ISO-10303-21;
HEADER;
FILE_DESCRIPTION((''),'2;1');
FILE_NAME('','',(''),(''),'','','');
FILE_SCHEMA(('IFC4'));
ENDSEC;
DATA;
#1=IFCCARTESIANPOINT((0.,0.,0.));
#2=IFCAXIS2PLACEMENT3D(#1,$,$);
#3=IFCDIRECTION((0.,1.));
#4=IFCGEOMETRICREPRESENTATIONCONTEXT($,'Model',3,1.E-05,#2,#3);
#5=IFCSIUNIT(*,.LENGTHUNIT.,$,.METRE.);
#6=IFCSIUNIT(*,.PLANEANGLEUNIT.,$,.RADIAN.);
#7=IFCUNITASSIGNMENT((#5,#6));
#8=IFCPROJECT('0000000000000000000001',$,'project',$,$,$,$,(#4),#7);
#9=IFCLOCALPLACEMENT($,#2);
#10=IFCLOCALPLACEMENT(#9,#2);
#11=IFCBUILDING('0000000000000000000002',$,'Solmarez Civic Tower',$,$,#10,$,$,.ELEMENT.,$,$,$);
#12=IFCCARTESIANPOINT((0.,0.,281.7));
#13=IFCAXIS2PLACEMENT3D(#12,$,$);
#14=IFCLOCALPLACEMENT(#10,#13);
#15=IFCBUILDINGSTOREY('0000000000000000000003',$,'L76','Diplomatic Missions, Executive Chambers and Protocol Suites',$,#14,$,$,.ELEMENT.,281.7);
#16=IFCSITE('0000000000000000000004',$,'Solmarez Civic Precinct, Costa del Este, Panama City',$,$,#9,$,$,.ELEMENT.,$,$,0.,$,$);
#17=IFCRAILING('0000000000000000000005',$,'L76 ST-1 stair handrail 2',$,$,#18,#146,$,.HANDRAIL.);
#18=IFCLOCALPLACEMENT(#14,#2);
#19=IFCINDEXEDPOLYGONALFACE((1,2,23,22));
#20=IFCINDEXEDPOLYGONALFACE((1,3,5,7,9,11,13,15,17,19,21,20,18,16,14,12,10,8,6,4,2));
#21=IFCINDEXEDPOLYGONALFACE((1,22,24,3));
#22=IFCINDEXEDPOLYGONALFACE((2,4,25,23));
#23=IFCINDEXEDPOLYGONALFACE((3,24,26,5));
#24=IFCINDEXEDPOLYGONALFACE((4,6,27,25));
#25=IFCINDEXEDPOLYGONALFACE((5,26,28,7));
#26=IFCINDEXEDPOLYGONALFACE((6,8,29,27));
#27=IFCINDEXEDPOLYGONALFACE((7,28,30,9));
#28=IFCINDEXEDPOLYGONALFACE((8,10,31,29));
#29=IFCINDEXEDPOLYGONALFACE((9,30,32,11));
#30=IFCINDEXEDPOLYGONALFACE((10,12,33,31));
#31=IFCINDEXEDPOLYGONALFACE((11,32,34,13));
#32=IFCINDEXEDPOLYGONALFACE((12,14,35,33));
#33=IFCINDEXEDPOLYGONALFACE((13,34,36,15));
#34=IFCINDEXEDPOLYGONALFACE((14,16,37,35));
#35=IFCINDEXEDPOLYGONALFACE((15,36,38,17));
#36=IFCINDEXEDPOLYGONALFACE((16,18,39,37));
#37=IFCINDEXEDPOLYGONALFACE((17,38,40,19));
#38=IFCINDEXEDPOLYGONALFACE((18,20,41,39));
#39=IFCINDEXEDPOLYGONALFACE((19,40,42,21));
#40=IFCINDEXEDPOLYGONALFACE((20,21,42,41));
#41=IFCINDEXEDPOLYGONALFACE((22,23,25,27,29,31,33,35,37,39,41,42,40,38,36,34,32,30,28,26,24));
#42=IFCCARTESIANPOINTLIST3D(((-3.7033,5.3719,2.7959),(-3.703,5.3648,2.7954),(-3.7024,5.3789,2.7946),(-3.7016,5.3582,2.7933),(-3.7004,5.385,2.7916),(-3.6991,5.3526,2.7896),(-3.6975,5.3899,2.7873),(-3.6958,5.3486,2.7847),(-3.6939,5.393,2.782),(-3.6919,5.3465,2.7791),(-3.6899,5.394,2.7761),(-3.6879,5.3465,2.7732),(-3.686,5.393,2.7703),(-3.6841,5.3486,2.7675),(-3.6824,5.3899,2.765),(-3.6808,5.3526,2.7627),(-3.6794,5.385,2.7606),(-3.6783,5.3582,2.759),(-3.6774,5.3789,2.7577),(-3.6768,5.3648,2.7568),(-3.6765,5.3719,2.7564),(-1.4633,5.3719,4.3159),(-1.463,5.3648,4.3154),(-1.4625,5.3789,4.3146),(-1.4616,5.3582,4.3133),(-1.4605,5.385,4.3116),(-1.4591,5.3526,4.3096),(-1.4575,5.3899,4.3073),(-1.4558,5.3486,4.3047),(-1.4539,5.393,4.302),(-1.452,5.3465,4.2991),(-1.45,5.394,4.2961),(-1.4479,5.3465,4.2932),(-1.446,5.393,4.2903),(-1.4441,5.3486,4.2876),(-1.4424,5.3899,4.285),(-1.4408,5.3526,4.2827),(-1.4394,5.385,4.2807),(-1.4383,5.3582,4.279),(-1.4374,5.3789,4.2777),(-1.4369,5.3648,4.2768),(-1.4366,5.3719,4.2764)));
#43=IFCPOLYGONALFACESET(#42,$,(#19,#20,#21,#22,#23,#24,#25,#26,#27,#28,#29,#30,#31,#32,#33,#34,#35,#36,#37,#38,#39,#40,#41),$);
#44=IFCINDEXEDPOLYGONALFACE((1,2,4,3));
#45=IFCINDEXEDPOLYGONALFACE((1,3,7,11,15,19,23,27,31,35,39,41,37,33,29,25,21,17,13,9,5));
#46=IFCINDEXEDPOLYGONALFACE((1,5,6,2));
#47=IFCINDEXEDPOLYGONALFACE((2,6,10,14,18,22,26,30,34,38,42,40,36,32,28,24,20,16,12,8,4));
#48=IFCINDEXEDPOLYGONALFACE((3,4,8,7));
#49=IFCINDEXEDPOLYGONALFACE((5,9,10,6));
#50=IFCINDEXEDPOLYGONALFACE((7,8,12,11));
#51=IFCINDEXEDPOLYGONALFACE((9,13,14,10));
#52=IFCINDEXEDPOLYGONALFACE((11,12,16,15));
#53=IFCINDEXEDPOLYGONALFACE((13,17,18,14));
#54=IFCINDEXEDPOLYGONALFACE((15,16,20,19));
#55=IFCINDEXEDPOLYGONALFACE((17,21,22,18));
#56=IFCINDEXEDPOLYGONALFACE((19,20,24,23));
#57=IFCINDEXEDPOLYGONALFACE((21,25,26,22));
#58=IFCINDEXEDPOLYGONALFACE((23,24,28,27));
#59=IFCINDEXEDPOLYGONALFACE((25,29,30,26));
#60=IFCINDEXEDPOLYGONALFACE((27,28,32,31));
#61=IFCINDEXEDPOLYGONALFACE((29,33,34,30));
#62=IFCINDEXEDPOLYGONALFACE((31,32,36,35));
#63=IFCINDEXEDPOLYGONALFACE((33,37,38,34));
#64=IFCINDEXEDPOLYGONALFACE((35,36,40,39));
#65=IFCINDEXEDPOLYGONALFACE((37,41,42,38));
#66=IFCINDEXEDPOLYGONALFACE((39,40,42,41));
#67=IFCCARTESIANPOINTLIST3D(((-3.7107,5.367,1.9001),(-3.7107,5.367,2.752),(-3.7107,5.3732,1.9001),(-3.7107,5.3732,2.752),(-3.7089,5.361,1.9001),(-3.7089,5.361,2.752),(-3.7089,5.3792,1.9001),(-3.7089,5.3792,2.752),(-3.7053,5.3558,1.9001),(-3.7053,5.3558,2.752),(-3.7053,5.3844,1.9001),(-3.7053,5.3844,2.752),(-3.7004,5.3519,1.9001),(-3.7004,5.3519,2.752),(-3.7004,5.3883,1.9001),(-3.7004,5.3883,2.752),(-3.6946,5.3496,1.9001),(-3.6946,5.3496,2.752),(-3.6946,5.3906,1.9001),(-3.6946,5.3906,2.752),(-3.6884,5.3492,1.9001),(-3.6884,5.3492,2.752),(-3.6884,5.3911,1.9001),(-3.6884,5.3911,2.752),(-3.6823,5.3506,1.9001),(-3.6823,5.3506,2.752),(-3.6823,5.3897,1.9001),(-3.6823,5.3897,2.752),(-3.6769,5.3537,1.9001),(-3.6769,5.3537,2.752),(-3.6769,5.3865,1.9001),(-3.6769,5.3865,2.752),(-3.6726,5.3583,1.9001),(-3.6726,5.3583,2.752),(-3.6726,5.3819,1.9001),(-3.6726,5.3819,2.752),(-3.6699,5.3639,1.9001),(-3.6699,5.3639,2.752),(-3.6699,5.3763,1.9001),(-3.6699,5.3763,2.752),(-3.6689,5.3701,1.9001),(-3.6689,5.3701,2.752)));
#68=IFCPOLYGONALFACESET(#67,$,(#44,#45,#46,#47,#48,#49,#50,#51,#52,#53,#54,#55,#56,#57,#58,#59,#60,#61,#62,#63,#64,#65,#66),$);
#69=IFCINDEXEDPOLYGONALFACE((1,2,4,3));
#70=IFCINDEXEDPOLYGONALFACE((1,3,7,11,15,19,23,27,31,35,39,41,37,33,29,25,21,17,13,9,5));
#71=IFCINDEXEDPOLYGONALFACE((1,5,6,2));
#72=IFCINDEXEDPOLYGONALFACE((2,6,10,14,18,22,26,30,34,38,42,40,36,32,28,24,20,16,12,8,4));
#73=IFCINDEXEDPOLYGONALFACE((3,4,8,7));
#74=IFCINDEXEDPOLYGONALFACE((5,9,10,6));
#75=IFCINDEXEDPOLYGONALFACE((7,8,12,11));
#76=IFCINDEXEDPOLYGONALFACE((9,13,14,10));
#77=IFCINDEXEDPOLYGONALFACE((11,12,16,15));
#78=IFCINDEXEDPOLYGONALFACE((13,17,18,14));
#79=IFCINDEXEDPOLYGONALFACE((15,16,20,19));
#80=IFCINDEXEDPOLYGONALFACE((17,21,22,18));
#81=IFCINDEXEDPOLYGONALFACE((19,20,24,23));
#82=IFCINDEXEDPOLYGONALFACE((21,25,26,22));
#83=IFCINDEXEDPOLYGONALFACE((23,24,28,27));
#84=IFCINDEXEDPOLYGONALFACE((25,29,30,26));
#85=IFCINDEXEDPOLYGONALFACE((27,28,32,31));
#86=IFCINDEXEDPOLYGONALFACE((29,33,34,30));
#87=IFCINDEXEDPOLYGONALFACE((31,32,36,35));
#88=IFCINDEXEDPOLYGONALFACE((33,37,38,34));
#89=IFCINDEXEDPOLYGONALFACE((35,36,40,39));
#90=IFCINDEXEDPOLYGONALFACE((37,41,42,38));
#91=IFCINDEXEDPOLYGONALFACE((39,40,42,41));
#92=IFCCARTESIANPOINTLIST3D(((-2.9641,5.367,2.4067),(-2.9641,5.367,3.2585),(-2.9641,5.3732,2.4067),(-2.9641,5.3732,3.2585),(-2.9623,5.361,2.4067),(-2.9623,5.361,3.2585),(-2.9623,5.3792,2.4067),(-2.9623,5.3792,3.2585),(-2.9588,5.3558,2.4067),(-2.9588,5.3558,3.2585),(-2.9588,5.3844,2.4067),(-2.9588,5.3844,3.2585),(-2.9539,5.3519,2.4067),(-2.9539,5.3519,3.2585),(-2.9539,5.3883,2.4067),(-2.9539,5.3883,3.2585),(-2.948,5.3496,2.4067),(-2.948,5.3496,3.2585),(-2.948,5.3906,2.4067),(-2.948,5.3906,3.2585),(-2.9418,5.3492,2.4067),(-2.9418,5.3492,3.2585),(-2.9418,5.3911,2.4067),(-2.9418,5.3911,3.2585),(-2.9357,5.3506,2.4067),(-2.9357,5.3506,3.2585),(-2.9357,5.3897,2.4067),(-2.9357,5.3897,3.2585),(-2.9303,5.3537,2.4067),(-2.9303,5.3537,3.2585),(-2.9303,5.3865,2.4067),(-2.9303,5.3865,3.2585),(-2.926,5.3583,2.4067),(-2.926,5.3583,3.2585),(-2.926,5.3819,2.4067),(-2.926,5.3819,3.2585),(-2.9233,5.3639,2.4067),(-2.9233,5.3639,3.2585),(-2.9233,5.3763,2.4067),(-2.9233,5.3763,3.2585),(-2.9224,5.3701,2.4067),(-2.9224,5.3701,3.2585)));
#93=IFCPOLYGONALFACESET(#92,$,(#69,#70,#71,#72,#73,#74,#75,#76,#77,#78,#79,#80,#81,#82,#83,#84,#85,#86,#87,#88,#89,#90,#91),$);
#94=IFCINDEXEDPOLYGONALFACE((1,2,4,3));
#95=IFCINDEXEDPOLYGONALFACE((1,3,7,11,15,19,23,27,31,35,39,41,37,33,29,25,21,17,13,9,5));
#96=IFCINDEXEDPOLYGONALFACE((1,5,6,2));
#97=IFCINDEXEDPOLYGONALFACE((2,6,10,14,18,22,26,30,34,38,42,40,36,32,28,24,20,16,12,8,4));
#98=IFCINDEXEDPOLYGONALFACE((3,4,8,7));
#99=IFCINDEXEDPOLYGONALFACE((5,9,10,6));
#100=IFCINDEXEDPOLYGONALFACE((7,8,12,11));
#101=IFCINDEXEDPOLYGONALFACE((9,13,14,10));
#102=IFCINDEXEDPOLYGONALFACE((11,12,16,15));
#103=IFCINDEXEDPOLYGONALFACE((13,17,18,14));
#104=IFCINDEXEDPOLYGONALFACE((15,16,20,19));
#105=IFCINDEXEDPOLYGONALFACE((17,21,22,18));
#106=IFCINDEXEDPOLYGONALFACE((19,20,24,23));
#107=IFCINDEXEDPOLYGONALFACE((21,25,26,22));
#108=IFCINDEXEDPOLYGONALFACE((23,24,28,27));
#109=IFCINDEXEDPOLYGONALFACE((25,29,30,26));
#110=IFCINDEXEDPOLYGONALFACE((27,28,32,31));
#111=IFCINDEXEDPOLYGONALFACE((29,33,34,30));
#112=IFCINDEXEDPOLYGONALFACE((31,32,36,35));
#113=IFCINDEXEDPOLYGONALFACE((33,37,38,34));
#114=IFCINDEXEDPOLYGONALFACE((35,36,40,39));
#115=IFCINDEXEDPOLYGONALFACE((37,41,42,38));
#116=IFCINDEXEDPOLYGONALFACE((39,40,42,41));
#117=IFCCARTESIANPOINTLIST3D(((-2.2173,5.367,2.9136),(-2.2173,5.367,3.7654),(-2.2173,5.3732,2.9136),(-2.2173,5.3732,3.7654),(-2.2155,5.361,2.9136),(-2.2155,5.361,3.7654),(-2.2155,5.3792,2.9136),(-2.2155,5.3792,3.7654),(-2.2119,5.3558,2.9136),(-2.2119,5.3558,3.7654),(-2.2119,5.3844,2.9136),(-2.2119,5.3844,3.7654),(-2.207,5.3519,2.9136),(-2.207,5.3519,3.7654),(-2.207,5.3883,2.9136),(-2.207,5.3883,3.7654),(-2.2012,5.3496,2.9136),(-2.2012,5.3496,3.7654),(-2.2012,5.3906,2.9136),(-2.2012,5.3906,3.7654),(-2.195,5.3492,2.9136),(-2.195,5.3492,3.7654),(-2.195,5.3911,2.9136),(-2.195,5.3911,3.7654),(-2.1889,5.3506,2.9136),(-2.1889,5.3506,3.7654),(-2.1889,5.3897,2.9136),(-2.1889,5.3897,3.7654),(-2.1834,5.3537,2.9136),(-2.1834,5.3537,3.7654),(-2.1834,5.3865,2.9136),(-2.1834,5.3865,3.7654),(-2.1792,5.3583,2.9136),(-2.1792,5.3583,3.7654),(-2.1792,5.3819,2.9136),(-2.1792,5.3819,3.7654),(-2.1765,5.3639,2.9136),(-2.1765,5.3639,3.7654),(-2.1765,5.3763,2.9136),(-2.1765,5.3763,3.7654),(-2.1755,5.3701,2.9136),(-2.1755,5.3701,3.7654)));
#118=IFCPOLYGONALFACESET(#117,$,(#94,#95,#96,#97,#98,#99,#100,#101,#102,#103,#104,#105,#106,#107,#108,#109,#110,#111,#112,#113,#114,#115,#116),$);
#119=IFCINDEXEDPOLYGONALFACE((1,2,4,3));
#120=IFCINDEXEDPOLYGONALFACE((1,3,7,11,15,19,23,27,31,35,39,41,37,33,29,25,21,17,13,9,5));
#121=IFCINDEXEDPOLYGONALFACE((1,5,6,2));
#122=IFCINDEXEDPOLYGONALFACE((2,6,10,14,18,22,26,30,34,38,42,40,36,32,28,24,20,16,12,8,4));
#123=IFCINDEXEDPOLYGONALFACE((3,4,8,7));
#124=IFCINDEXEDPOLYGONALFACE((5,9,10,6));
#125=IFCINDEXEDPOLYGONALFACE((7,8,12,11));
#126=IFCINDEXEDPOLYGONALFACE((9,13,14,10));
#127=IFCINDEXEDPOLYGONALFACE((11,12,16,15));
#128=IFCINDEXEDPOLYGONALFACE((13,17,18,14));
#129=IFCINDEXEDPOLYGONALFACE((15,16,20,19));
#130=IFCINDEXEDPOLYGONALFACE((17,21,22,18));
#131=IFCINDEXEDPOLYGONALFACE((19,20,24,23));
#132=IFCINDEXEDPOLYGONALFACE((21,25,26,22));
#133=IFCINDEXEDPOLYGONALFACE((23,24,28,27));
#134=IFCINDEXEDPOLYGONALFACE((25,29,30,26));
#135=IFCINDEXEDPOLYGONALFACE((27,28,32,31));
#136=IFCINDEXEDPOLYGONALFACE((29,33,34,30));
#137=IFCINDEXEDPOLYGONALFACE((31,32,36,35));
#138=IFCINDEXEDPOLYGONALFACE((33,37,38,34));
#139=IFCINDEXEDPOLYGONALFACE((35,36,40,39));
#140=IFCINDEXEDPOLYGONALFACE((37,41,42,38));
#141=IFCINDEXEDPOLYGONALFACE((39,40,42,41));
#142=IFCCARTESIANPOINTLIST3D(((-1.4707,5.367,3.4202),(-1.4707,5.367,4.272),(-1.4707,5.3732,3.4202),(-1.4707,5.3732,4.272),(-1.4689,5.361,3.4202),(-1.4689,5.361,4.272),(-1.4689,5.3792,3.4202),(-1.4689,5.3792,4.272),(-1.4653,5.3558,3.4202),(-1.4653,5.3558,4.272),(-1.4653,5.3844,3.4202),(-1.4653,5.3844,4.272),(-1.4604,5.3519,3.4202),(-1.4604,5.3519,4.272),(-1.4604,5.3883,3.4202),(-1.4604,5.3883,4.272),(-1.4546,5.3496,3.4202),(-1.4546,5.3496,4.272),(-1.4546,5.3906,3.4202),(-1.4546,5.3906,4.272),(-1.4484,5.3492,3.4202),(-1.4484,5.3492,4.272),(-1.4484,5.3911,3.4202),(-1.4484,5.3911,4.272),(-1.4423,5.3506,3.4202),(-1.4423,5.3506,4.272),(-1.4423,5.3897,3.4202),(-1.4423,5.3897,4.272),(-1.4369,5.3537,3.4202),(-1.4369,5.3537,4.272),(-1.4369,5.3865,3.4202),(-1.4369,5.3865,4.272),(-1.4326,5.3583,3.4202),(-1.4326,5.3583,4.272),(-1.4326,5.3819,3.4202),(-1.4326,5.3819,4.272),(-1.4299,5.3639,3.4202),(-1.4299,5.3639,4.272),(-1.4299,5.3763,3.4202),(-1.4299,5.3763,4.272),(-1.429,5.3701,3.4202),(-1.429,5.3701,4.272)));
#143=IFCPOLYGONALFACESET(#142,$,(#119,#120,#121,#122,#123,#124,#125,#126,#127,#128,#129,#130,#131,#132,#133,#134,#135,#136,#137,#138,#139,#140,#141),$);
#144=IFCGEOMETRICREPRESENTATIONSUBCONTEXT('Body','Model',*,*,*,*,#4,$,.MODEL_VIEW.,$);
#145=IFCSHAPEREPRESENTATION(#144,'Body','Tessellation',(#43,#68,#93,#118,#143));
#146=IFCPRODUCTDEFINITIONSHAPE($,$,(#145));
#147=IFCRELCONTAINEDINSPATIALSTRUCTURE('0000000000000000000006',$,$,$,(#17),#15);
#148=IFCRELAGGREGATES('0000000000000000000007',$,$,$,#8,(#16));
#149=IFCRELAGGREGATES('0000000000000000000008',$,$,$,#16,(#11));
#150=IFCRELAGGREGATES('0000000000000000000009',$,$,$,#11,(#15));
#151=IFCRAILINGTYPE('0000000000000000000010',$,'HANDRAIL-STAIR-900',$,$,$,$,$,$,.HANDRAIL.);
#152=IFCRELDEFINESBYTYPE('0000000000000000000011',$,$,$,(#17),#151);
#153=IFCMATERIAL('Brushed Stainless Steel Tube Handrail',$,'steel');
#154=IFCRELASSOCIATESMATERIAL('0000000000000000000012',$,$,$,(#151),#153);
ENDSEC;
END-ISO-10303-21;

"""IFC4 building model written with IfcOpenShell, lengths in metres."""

from ifc_helpers import new_model, si_unit, direction, frame, origin, origin_2d, place, context, subcontext, project, spatial, circle, extrude, material, type_object, element, save


model = new_model("IFC4")

# Units and contexts
model_context = context("Model", 3, precision=1e-05, world=origin(), true_north=direction((0.0, 1.0)))
body_context = subcontext(model_context, "Body", "Model", "MODEL_VIEW")
ifc_project = project(units=[si_unit("LENGTHUNIT", "METRE"), si_unit("PLANEANGLEUNIT", "RADIAN")], contexts=[model_context])

# Site, building, storey
site_placement = place(None, origin())
site = spatial("IfcSite", under=ifc_project, at=site_placement, Name="Solmarez Civic Precinct, Costa del Este, Panama City", CompositionType="ELEMENT", RefElevation=0.0)
building_placement = place(site_placement, origin())
building = spatial("IfcBuilding", under=site, at=building_placement, Name="Solmarez Civic Tower", CompositionType="ELEMENT")
storey_placement = place(building_placement, frame((0.0, 0.0, 281.7)))
storey = spatial("IfcBuildingStorey", under=building, at=storey_placement, Name="L76", Description="Diplomatic Missions, Executive Chambers and Protocol Suites", CompositionType="ELEMENT", Elevation=281.7)

# Railing
ifc_material_1 = material(Name="Brushed Stainless Steel Tube Handrail", Category="steel")
railing_type_1 = type_object("IfcRailingType", Name="HANDRAIL-STAIR-900", PredefinedType="HANDRAIL", material=ifc_material_1)
railing_1_placement = place(storey_placement, frame((-3.6899, 5.3701, 1.9001)))
element("IfcRailing", 1, at=railing_1_placement, inside=storey, type_object=railing_type_1, Name="L76 ST-1 stair handrail 2", PredefinedType="HANDRAIL", context=body_context, shape_type="SweptSolid", body=[
    extrude(circle(Radius=0.0239, at=origin_2d()), frame((0.0, 0.0, 0.876), z_axis=(0.827471, 0.0, 0.561508), x_axis=(0.0, 1.0, 0.0)), (0.0, 0.0, 1.0), 2.707),
    extrude(circle(Radius=0.021, at=origin_2d()), origin(), (0.0, 0.0, 1.0), 0.8518),
    extrude(circle(Radius=0.021, at=origin_2d()), frame((0.7466, 0.0, 0.5066)), (0.0, 0.0, 1.0), 0.8518),
    extrude(circle(Radius=0.021, at=origin_2d()), frame((1.4934, 0.0, 1.0134)), (0.0, 0.0, 1.0), 0.8518),
    extrude(circle(Radius=0.021, at=origin_2d()), frame((2.24, 0.0, 1.52)), (0.0, 0.0, 1.0), 0.8518),
])

save(model, "model.ifc")
